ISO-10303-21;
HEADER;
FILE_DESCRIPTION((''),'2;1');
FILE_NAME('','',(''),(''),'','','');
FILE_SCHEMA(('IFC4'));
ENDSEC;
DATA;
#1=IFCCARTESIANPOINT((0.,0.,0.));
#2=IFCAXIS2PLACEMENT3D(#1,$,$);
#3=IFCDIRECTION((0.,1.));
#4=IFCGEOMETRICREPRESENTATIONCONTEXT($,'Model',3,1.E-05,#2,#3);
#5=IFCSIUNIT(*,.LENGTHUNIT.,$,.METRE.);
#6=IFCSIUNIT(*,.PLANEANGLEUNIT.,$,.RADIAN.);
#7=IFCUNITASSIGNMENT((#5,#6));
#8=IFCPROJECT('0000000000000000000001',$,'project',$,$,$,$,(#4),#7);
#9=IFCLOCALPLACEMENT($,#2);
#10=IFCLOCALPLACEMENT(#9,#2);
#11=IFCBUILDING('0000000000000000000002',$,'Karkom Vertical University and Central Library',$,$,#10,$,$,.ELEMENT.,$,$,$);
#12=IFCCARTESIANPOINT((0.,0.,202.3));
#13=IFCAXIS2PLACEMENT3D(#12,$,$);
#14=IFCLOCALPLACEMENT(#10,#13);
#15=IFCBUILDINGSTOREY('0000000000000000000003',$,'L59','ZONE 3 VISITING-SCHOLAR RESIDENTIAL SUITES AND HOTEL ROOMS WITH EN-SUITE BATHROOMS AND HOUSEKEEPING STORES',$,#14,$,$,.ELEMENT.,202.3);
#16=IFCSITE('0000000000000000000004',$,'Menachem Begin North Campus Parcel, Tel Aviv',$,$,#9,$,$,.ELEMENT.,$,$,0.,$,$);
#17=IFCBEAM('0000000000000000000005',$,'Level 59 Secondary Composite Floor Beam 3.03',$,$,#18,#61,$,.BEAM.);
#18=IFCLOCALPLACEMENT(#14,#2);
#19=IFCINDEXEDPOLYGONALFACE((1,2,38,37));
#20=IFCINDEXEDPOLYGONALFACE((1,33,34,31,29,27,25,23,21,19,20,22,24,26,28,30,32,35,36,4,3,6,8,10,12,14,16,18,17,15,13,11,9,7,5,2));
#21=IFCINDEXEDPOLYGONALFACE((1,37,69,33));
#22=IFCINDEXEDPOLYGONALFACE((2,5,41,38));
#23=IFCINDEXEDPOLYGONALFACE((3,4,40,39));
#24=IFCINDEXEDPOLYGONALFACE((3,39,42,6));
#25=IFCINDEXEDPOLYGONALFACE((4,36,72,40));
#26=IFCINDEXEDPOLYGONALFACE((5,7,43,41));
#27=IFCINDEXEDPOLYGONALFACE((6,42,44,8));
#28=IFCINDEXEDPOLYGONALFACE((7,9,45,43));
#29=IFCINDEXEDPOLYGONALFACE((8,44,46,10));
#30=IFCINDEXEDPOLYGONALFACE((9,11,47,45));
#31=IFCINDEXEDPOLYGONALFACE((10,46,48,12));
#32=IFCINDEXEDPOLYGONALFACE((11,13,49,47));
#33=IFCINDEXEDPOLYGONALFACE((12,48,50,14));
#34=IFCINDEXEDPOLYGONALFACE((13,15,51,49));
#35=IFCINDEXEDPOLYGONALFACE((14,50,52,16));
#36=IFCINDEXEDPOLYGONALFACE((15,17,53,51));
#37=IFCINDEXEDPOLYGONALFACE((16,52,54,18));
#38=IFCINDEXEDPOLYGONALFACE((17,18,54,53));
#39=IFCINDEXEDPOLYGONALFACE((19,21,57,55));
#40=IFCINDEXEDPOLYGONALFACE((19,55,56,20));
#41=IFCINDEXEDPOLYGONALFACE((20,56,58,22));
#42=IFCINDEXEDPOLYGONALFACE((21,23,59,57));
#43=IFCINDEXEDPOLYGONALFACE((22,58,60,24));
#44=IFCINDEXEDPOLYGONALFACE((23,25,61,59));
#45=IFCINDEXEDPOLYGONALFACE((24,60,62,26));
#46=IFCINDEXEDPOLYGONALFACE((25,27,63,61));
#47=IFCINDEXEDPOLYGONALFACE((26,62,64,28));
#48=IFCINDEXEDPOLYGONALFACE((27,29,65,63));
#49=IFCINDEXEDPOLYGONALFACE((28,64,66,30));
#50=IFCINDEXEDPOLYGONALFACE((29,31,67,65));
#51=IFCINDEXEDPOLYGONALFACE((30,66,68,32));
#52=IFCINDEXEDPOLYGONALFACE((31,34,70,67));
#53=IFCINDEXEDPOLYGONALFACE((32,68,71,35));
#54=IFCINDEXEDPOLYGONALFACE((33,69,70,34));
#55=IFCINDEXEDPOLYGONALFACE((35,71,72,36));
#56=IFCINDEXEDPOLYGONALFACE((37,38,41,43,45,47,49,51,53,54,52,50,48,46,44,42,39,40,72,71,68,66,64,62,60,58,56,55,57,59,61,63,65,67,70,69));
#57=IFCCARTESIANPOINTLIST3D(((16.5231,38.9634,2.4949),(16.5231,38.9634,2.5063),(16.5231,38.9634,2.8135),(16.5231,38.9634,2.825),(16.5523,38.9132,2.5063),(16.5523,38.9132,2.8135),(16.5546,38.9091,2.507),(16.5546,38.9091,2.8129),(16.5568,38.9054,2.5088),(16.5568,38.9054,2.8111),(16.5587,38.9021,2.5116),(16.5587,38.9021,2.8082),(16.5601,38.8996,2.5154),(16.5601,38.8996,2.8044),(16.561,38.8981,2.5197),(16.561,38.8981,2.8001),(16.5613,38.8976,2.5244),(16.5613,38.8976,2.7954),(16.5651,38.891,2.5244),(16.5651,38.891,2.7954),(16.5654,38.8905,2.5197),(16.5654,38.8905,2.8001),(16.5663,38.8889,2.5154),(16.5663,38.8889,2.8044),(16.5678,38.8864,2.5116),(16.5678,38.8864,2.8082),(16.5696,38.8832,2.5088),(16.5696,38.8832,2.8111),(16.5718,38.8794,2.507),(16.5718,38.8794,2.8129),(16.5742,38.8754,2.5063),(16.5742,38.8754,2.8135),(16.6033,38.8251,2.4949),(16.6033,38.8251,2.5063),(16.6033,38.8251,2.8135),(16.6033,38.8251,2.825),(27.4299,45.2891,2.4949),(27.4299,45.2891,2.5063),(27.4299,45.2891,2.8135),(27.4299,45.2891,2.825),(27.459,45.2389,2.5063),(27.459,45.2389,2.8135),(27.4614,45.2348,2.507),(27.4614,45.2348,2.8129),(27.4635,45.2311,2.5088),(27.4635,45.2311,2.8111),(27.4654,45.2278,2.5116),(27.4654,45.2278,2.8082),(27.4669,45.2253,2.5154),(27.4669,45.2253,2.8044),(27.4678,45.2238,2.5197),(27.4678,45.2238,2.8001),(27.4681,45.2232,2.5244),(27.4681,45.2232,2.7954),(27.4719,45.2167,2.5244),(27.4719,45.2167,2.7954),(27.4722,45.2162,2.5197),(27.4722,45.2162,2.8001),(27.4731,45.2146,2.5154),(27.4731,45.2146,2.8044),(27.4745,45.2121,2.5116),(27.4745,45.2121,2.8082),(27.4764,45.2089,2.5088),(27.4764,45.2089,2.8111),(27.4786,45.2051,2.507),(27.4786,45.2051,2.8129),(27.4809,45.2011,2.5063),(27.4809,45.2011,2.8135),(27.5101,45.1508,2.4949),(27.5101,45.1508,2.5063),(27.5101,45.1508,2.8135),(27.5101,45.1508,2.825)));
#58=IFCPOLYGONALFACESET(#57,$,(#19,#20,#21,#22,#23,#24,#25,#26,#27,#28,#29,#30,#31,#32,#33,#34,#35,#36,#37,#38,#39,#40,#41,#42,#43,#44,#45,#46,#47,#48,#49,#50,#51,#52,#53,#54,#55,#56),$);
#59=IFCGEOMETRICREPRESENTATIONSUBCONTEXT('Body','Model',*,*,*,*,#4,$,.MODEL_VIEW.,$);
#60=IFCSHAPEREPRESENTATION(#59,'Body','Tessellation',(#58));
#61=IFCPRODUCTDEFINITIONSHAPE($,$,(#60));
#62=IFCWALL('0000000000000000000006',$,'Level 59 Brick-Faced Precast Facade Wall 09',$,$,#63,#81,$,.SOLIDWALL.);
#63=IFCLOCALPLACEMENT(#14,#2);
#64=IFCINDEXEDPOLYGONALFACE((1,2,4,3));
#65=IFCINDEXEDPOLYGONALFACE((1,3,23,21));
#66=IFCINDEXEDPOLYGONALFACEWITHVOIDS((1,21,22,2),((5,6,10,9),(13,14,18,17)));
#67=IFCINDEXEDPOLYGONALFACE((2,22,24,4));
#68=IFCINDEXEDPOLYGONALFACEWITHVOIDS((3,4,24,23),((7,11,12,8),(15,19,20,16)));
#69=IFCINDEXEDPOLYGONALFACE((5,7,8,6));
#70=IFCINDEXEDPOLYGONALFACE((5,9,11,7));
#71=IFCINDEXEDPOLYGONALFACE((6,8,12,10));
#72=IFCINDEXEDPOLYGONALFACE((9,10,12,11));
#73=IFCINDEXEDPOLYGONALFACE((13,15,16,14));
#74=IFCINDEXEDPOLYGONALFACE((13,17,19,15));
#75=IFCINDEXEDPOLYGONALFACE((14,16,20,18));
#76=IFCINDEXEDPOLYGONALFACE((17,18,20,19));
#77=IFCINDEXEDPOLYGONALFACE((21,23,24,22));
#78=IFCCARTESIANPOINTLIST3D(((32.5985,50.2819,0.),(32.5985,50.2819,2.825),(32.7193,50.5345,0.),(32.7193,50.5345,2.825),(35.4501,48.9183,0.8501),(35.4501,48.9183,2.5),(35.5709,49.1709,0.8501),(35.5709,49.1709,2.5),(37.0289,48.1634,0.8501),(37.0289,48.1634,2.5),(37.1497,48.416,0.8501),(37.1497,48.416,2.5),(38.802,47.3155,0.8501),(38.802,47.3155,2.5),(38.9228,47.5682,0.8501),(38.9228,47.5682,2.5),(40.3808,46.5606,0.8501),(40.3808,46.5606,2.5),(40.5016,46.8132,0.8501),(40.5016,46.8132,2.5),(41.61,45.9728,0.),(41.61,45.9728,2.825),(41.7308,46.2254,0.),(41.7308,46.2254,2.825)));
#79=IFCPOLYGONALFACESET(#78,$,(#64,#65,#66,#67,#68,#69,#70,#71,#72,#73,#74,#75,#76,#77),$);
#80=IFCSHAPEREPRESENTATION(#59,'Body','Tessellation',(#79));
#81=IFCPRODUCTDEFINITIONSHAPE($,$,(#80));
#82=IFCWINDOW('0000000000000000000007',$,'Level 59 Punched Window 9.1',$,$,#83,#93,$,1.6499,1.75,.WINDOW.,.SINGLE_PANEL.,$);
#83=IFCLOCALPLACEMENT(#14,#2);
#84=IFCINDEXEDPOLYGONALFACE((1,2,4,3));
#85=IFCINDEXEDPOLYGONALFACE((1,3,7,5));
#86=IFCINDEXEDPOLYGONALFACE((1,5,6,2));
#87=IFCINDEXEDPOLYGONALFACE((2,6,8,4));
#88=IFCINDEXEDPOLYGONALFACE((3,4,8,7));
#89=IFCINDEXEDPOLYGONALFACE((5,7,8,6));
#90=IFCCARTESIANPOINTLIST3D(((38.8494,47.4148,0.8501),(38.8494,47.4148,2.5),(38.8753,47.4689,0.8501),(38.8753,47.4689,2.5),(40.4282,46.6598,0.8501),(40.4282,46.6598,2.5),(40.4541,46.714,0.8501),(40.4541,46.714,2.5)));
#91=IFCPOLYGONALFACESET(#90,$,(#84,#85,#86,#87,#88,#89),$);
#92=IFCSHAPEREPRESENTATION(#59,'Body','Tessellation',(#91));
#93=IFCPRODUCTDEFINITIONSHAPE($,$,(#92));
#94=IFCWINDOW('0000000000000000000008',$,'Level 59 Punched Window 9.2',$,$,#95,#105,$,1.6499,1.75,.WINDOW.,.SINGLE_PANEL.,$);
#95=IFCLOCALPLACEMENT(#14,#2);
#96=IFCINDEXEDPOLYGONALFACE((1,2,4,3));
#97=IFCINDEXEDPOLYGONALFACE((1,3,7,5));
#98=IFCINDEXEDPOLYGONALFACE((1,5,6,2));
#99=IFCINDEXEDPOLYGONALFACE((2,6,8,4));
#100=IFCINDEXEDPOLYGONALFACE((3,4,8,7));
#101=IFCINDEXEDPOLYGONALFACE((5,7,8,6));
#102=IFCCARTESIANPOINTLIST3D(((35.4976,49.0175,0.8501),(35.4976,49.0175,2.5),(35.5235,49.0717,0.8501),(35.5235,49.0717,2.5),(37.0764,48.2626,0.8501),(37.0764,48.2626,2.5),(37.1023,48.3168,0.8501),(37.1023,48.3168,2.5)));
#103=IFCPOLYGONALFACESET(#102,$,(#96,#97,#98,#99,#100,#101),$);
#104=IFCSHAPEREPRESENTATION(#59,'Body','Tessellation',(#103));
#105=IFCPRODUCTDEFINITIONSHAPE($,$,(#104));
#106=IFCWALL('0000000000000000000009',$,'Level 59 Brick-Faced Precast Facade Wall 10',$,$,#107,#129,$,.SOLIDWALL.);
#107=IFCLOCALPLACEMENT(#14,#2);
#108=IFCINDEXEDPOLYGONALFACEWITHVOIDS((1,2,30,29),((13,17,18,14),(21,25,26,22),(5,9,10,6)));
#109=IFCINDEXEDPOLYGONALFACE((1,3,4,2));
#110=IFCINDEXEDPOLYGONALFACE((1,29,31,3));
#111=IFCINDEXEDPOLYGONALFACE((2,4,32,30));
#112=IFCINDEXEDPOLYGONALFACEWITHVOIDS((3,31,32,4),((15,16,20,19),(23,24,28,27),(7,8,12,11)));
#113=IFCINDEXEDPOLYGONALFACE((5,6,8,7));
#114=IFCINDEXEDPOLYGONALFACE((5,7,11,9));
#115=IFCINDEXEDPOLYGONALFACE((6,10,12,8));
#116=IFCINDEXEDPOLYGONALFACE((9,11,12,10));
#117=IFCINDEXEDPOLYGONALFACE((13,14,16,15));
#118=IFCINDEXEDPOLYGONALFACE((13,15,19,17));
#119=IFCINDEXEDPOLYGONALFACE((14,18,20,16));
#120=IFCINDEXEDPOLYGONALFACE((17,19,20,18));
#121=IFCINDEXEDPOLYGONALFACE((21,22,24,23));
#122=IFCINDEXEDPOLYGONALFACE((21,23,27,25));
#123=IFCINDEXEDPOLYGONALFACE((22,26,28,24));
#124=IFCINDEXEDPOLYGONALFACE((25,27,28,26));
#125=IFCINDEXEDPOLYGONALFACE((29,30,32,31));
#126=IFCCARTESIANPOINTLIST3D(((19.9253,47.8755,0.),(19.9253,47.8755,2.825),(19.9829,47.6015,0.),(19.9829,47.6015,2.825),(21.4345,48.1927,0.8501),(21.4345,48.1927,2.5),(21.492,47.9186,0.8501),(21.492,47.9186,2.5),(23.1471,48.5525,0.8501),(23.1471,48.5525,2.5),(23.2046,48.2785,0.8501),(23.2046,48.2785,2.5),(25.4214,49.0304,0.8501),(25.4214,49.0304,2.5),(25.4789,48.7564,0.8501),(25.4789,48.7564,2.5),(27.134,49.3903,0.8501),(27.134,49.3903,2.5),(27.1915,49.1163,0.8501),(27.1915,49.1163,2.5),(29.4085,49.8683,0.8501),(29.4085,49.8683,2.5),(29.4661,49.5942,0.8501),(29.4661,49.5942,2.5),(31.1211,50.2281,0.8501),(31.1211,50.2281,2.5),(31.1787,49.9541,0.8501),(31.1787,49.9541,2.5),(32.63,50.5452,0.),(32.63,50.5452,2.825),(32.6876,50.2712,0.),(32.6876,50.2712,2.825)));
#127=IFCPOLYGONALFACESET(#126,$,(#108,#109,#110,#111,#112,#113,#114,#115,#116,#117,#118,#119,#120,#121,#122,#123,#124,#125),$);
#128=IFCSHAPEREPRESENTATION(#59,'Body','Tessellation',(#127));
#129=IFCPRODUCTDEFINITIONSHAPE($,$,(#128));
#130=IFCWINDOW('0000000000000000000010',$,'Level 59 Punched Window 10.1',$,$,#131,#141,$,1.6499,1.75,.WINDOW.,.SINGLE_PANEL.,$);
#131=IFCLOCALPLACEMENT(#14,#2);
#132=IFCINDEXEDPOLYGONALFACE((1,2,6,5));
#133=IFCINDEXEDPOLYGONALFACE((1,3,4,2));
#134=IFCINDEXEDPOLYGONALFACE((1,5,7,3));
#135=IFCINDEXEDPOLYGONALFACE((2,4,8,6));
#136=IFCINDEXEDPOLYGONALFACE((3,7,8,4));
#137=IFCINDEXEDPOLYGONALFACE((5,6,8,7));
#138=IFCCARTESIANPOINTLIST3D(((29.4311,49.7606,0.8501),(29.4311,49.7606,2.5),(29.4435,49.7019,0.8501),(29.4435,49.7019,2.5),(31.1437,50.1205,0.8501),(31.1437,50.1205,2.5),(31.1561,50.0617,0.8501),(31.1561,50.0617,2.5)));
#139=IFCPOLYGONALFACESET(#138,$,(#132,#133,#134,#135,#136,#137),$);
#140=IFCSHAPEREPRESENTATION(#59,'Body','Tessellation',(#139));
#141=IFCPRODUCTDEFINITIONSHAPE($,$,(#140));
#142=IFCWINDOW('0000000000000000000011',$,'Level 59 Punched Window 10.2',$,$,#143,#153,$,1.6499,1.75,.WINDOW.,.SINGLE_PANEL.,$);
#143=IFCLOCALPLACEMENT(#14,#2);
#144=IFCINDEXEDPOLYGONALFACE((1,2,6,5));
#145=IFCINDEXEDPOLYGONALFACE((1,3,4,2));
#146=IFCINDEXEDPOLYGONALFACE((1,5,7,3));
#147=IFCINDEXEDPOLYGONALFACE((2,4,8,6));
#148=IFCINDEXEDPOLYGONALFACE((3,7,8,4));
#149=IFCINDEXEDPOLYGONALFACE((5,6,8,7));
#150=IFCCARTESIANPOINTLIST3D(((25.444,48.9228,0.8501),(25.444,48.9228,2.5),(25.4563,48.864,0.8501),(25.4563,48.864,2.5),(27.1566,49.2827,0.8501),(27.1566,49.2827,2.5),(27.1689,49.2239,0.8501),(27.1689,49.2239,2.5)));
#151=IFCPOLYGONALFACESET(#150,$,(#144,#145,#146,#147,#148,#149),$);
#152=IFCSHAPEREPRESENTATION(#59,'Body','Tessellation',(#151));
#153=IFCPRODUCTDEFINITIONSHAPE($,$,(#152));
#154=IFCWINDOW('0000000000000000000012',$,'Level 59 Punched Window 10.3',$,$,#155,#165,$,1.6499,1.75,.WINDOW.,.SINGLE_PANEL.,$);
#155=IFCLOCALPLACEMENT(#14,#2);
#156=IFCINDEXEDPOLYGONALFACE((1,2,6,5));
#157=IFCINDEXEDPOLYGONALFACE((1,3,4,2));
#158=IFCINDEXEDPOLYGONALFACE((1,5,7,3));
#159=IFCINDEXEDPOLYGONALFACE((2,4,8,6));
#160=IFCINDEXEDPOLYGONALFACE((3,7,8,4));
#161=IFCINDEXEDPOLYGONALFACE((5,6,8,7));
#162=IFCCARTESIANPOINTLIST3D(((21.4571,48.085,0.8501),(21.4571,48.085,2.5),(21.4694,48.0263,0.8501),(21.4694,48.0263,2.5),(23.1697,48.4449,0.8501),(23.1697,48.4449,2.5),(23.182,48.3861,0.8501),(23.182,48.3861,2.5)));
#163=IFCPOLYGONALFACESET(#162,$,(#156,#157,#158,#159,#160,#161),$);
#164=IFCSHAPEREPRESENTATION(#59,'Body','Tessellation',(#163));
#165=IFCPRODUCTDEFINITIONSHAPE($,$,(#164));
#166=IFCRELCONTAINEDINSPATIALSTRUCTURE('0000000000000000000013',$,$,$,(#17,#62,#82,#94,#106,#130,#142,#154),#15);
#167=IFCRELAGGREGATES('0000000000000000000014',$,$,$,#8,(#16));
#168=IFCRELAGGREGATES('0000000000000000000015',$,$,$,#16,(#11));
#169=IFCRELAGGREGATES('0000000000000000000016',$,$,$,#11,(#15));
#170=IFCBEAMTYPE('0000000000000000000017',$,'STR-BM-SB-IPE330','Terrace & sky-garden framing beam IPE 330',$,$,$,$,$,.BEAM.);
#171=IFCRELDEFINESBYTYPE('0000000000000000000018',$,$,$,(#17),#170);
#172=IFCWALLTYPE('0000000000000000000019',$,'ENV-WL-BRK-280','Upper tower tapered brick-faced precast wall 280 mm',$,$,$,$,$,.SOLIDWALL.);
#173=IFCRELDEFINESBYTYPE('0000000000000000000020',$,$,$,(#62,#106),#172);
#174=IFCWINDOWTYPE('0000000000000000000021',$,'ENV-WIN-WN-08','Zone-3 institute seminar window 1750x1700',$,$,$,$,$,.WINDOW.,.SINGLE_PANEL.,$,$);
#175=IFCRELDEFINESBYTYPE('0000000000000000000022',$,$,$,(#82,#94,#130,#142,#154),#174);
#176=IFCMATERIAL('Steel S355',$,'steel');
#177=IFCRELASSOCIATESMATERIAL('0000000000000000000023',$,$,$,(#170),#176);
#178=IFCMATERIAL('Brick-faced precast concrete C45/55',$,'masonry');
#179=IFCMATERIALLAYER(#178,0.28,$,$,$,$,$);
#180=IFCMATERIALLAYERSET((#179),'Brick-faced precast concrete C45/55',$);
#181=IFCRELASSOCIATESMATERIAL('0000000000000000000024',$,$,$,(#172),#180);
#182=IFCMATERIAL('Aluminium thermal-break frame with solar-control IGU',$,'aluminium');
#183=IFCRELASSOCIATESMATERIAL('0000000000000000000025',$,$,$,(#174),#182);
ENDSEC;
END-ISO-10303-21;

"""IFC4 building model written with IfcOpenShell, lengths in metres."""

from ifc_helpers import new_model, si_unit, direction, frame, frame_2d, origin, origin_with_axes, origin_2d, place, context, subcontext, project, spatial, rectangle, i_section, extrude, source, transform, mapped, material, layer, layer_set, material_profile, profile_set, type_object, element, fill, save


model = new_model("IFC4")

# Units and contexts
model_context = context("Model", 3, precision=1e-05, world=origin(), true_north=direction((0.0, 1.0)))
body_context = subcontext(model_context, "Body", "Model", "MODEL_VIEW")
ifc_project = project(units=[si_unit("LENGTHUNIT", "METRE"), si_unit("PLANEANGLEUNIT", "RADIAN")], contexts=[model_context])

# Site, building, storey
site_placement = place(None, origin())
site = spatial("IfcSite", under=ifc_project, at=site_placement, Name="Menachem Begin North Campus Parcel, Tel Aviv", CompositionType="ELEMENT", RefElevation=0.0)
building_placement = place(site_placement, origin())
building = spatial("IfcBuilding", under=site, at=building_placement, Name="Karkom Vertical University and Central Library", CompositionType="ELEMENT")
storey_placement = place(building_placement, frame((0.0, 0.0, 202.3)))
storey = spatial("IfcBuildingStorey", under=building, at=storey_placement, Name="L59", Description="ZONE 3 VISITING-SCHOLAR RESIDENTIAL SUITES AND HOTEL ROOMS WITH EN-SUITE BATHROOMS AND HOUSEKEEPING STORES", CompositionType="ELEMENT", Elevation=202.3)

# Beam
ifc_material_1 = material(Name="Steel S355", Category="steel")
ifc_material_profile_1 = material_profile(ifc_material_1, i_section(OverallWidth=0.1599, OverallDepth=0.3301, WebThickness=0.0076, FlangeThickness=0.0115, FilletRadius=0.0181, at=origin_2d()), Name="IPE 330")
ifc_profile_set_1 = profile_set([ifc_material_profile_1], Name="Steel S355")
beam_type_1 = type_object("IfcBeamType", Name="STR-BM-SB-IPE330", Description="Terrace & sky-garden framing beam IPE 330", PredefinedType="BEAM", material=ifc_profile_set_1)
shared_shape_1 = source(origin_with_axes(), body_context, "Body", "SweptSolid", [
    extrude(i_section(OverallWidth=0.1599, OverallDepth=0.3301, WebThickness=0.0076, FlangeThickness=0.0115, FilletRadius=0.0181, at=origin_2d()), origin(), (0.0, 0.0, 1.0), 12.6084),
])
beam_1_placement = place(storey_placement, frame((27.47, 45.22, 2.6599), z_axis=(-0.865039, -0.501705, 0.0), x_axis=(0.501705, -0.865039, 0.0)))
element("IfcBeam", 1, at=beam_1_placement, inside=storey, type_object=beam_type_1, Name="Level 59 Secondary Composite Floor Beam 3.03", PredefinedType="BEAM", context=body_context, shape_type="MappedRepresentation", body=[
    mapped(shared_shape_1, transform((0.0, 0.0, 0.0), scale=1.0)),
])

# Walls, openings, windows
ifc_material_2 = material(Name="Brick-faced precast concrete C45/55", Category="masonry")
ifc_layer = layer(ifc_material_2, 0.28)
ifc_layer_set = layer_set([ifc_layer], Name="Brick-faced precast concrete C45/55")
wall_type = type_object("IfcWallType", Name="ENV-WL-BRK-280", Description="Upper tower tapered brick-faced precast wall 280 mm", PredefinedType="SOLIDWALL", material=ifc_layer_set)
wall_1_placement = place(storey_placement, frame((41.6704, 46.0991, 0.0), z_axis=(0.0, 0.0, 1.0), x_axis=(-0.902164, 0.431394, 0.0)))
wall_1 = element("IfcWall", 2, at=wall_1_placement, inside=storey, type_object=wall_type, Name="Level 59 Brick-Faced Precast Facade Wall 09", PredefinedType="SOLIDWALL", context=body_context, shape_type="SweptSolid", body=[
    extrude(rectangle(XDim=9.9888, YDim=0.28, at=frame_2d((4.9944, 0.0))), origin(), (0.0, 0.0, 1.0), 2.825),
])
opening_1_placement = place(wall_1_placement, frame((1.3625, 0.0, 0.8501)))
opening_1 = element("IfcOpeningElement", 3, at=opening_1_placement, cuts=wall_1, PredefinedType="OPENING", context=body_context, shape_type="SweptSolid", body=[
    extrude(rectangle(XDim=1.75, YDim=1.6499, at=frame_2d((0.875, 0.825))), frame((0.0, 0.1499, 0.0), z_axis=(0.0, -1.0, 0.0), x_axis=(1.0, 0.0, 0.0)), (0.0, 0.0, 1.0), 0.3),
])
opening_2_placement = place(wall_1_placement, frame((5.0779, 0.0, 0.8501)))
opening_2 = element("IfcOpeningElement", 4, at=opening_2_placement, cuts=wall_1, PredefinedType="OPENING", context=body_context, shape_type="SweptSolid", body=[
    extrude(rectangle(XDim=1.75, YDim=1.6499, at=frame_2d((0.875, 0.825))), frame((0.0, 0.1499, 0.0), z_axis=(0.0, -1.0, 0.0), x_axis=(1.0, 0.0, 0.0)), (0.0, 0.0, 1.0), 0.3),
])
ifc_material_3 = material(Name="Aluminium thermal-break frame with solar-control IGU", Category="aluminium")
window_type = type_object("IfcWindowType", Name="ENV-WIN-WN-08", Description="Zone-3 institute seminar window 1750x1700", PartitioningType="SINGLE_PANEL", PredefinedType="WINDOW", material=ifc_material_3)
shared_shape_2 = source(origin_with_axes(), body_context, "Body", "SweptSolid", [
    extrude(rectangle(XDim=1.75, YDim=1.6499, at=frame_2d((0.875, 0.825))), frame((0.0, 0.03, 0.0), z_axis=(0.0, -1.0, 0.0), x_axis=(1.0, 0.0, 0.0)), (0.0, 0.0, 1.0), 0.0601),
])
window_1_placement = place(opening_1_placement, origin())
window_1 = element("IfcWindow", 5, at=window_1_placement, inside=storey, type_object=window_type, Name="Level 59 Punched Window 9.1", OverallHeight=1.6499, OverallWidth=1.75, PartitioningType="SINGLE_PANEL", PredefinedType="WINDOW", context=body_context, shape_type="MappedRepresentation", body=[
    mapped(shared_shape_2, transform((0.0, 0.0, 0.0), scale=1.0)),
])
fill(opening_1, window_1)
window_2_placement = place(opening_2_placement, origin())
window_2 = element("IfcWindow", 6, at=window_2_placement, inside=storey, type_object=window_type, Name="Level 59 Punched Window 9.2", OverallHeight=1.6499, OverallWidth=1.75, PartitioningType="SINGLE_PANEL", PredefinedType="WINDOW", context=body_context, shape_type="MappedRepresentation", body=[
    mapped(shared_shape_2, transform((0.0, 0.0, 0.0), scale=1.0)),
])
fill(opening_2, window_2)
wall_2_placement = place(storey_placement, frame((32.6589, 50.4082, 0.0), z_axis=(0.0, 0.0, 1.0), x_axis=(-0.978628, -0.20564, 0.0)))
wall_2 = element("IfcWall", 7, at=wall_2_placement, inside=storey, type_object=wall_type, Name="Level 59 Brick-Faced Precast Facade Wall 10", PredefinedType="SOLIDWALL", context=body_context, shape_type="SweptSolid", body=[
    extrude(rectangle(XDim=12.9822, YDim=0.28, at=frame_2d((6.4912, 0.0))), origin(), (0.0, 0.0, 1.0), 2.825),
])
opening_3_placement = place(wall_2_placement, frame((1.542, 0.0, 0.8501)))
opening_3 = element("IfcOpeningElement", 8, at=opening_3_placement, cuts=wall_2, PredefinedType="OPENING", context=body_context, shape_type="SweptSolid", body=[
    extrude(rectangle(XDim=1.75, YDim=1.6499, at=frame_2d((0.875, 0.825))), frame((0.0, 0.1499, 0.0), z_axis=(0.0, -1.0, 0.0), x_axis=(1.0, 0.0, 0.0)), (0.0, 0.0, 1.0), 0.3),
])
opening_4_placement = place(wall_2_placement, frame((5.6162, 0.0, 0.8501)))
opening_4 = element("IfcOpeningElement", 9, at=opening_4_placement, cuts=wall_2, PredefinedType="OPENING", context=body_context, shape_type="SweptSolid", body=[
    extrude(rectangle(XDim=1.75, YDim=1.6499, at=frame_2d((0.875, 0.825))), frame((0.0, 0.1499, 0.0), z_axis=(0.0, -1.0, 0.0), x_axis=(1.0, 0.0, 0.0)), (0.0, 0.0, 1.0), 0.3),
])
opening_5_placement = place(wall_2_placement, frame((9.6902, 0.0, 0.8501)))
opening_5 = element("IfcOpeningElement", 10, at=opening_5_placement, cuts=wall_2, PredefinedType="OPENING", context=body_context, shape_type="SweptSolid", body=[
    extrude(rectangle(XDim=1.75, YDim=1.6499, at=frame_2d((0.875, 0.825))), frame((0.0, 0.1499, 0.0), z_axis=(0.0, -1.0, 0.0), x_axis=(1.0, 0.0, 0.0)), (0.0, 0.0, 1.0), 0.3),
])
window_3_placement = place(opening_3_placement, origin())
window_3 = element("IfcWindow", 11, at=window_3_placement, inside=storey, type_object=window_type, Name="Level 59 Punched Window 10.1", OverallHeight=1.6499, OverallWidth=1.75, PartitioningType="SINGLE_PANEL", PredefinedType="WINDOW", context=body_context, shape_type="MappedRepresentation", body=[
    mapped(shared_shape_2, transform((0.0, 0.0, 0.0), scale=1.0)),
])
fill(opening_3, window_3)
window_4_placement = place(opening_4_placement, origin())
window_4 = element("IfcWindow", 12, at=window_4_placement, inside=storey, type_object=window_type, Name="Level 59 Punched Window 10.2", OverallHeight=1.6499, OverallWidth=1.75, PartitioningType="SINGLE_PANEL", PredefinedType="WINDOW", context=body_context, shape_type="MappedRepresentation", body=[
    mapped(shared_shape_2, transform((0.0, 0.0, 0.0), scale=1.0)),
])
fill(opening_4, window_4)
window_5_placement = place(opening_5_placement, origin())
window_5 = element("IfcWindow", 13, at=window_5_placement, inside=storey, type_object=window_type, Name="Level 59 Punched Window 10.3", OverallHeight=1.6499, OverallWidth=1.75, PartitioningType="SINGLE_PANEL", PredefinedType="WINDOW", context=body_context, shape_type="MappedRepresentation", body=[
    mapped(shared_shape_2, transform((0.0, 0.0, 0.0), scale=1.0)),
])
fill(opening_5, window_5)

save(model, "model.ifc")
